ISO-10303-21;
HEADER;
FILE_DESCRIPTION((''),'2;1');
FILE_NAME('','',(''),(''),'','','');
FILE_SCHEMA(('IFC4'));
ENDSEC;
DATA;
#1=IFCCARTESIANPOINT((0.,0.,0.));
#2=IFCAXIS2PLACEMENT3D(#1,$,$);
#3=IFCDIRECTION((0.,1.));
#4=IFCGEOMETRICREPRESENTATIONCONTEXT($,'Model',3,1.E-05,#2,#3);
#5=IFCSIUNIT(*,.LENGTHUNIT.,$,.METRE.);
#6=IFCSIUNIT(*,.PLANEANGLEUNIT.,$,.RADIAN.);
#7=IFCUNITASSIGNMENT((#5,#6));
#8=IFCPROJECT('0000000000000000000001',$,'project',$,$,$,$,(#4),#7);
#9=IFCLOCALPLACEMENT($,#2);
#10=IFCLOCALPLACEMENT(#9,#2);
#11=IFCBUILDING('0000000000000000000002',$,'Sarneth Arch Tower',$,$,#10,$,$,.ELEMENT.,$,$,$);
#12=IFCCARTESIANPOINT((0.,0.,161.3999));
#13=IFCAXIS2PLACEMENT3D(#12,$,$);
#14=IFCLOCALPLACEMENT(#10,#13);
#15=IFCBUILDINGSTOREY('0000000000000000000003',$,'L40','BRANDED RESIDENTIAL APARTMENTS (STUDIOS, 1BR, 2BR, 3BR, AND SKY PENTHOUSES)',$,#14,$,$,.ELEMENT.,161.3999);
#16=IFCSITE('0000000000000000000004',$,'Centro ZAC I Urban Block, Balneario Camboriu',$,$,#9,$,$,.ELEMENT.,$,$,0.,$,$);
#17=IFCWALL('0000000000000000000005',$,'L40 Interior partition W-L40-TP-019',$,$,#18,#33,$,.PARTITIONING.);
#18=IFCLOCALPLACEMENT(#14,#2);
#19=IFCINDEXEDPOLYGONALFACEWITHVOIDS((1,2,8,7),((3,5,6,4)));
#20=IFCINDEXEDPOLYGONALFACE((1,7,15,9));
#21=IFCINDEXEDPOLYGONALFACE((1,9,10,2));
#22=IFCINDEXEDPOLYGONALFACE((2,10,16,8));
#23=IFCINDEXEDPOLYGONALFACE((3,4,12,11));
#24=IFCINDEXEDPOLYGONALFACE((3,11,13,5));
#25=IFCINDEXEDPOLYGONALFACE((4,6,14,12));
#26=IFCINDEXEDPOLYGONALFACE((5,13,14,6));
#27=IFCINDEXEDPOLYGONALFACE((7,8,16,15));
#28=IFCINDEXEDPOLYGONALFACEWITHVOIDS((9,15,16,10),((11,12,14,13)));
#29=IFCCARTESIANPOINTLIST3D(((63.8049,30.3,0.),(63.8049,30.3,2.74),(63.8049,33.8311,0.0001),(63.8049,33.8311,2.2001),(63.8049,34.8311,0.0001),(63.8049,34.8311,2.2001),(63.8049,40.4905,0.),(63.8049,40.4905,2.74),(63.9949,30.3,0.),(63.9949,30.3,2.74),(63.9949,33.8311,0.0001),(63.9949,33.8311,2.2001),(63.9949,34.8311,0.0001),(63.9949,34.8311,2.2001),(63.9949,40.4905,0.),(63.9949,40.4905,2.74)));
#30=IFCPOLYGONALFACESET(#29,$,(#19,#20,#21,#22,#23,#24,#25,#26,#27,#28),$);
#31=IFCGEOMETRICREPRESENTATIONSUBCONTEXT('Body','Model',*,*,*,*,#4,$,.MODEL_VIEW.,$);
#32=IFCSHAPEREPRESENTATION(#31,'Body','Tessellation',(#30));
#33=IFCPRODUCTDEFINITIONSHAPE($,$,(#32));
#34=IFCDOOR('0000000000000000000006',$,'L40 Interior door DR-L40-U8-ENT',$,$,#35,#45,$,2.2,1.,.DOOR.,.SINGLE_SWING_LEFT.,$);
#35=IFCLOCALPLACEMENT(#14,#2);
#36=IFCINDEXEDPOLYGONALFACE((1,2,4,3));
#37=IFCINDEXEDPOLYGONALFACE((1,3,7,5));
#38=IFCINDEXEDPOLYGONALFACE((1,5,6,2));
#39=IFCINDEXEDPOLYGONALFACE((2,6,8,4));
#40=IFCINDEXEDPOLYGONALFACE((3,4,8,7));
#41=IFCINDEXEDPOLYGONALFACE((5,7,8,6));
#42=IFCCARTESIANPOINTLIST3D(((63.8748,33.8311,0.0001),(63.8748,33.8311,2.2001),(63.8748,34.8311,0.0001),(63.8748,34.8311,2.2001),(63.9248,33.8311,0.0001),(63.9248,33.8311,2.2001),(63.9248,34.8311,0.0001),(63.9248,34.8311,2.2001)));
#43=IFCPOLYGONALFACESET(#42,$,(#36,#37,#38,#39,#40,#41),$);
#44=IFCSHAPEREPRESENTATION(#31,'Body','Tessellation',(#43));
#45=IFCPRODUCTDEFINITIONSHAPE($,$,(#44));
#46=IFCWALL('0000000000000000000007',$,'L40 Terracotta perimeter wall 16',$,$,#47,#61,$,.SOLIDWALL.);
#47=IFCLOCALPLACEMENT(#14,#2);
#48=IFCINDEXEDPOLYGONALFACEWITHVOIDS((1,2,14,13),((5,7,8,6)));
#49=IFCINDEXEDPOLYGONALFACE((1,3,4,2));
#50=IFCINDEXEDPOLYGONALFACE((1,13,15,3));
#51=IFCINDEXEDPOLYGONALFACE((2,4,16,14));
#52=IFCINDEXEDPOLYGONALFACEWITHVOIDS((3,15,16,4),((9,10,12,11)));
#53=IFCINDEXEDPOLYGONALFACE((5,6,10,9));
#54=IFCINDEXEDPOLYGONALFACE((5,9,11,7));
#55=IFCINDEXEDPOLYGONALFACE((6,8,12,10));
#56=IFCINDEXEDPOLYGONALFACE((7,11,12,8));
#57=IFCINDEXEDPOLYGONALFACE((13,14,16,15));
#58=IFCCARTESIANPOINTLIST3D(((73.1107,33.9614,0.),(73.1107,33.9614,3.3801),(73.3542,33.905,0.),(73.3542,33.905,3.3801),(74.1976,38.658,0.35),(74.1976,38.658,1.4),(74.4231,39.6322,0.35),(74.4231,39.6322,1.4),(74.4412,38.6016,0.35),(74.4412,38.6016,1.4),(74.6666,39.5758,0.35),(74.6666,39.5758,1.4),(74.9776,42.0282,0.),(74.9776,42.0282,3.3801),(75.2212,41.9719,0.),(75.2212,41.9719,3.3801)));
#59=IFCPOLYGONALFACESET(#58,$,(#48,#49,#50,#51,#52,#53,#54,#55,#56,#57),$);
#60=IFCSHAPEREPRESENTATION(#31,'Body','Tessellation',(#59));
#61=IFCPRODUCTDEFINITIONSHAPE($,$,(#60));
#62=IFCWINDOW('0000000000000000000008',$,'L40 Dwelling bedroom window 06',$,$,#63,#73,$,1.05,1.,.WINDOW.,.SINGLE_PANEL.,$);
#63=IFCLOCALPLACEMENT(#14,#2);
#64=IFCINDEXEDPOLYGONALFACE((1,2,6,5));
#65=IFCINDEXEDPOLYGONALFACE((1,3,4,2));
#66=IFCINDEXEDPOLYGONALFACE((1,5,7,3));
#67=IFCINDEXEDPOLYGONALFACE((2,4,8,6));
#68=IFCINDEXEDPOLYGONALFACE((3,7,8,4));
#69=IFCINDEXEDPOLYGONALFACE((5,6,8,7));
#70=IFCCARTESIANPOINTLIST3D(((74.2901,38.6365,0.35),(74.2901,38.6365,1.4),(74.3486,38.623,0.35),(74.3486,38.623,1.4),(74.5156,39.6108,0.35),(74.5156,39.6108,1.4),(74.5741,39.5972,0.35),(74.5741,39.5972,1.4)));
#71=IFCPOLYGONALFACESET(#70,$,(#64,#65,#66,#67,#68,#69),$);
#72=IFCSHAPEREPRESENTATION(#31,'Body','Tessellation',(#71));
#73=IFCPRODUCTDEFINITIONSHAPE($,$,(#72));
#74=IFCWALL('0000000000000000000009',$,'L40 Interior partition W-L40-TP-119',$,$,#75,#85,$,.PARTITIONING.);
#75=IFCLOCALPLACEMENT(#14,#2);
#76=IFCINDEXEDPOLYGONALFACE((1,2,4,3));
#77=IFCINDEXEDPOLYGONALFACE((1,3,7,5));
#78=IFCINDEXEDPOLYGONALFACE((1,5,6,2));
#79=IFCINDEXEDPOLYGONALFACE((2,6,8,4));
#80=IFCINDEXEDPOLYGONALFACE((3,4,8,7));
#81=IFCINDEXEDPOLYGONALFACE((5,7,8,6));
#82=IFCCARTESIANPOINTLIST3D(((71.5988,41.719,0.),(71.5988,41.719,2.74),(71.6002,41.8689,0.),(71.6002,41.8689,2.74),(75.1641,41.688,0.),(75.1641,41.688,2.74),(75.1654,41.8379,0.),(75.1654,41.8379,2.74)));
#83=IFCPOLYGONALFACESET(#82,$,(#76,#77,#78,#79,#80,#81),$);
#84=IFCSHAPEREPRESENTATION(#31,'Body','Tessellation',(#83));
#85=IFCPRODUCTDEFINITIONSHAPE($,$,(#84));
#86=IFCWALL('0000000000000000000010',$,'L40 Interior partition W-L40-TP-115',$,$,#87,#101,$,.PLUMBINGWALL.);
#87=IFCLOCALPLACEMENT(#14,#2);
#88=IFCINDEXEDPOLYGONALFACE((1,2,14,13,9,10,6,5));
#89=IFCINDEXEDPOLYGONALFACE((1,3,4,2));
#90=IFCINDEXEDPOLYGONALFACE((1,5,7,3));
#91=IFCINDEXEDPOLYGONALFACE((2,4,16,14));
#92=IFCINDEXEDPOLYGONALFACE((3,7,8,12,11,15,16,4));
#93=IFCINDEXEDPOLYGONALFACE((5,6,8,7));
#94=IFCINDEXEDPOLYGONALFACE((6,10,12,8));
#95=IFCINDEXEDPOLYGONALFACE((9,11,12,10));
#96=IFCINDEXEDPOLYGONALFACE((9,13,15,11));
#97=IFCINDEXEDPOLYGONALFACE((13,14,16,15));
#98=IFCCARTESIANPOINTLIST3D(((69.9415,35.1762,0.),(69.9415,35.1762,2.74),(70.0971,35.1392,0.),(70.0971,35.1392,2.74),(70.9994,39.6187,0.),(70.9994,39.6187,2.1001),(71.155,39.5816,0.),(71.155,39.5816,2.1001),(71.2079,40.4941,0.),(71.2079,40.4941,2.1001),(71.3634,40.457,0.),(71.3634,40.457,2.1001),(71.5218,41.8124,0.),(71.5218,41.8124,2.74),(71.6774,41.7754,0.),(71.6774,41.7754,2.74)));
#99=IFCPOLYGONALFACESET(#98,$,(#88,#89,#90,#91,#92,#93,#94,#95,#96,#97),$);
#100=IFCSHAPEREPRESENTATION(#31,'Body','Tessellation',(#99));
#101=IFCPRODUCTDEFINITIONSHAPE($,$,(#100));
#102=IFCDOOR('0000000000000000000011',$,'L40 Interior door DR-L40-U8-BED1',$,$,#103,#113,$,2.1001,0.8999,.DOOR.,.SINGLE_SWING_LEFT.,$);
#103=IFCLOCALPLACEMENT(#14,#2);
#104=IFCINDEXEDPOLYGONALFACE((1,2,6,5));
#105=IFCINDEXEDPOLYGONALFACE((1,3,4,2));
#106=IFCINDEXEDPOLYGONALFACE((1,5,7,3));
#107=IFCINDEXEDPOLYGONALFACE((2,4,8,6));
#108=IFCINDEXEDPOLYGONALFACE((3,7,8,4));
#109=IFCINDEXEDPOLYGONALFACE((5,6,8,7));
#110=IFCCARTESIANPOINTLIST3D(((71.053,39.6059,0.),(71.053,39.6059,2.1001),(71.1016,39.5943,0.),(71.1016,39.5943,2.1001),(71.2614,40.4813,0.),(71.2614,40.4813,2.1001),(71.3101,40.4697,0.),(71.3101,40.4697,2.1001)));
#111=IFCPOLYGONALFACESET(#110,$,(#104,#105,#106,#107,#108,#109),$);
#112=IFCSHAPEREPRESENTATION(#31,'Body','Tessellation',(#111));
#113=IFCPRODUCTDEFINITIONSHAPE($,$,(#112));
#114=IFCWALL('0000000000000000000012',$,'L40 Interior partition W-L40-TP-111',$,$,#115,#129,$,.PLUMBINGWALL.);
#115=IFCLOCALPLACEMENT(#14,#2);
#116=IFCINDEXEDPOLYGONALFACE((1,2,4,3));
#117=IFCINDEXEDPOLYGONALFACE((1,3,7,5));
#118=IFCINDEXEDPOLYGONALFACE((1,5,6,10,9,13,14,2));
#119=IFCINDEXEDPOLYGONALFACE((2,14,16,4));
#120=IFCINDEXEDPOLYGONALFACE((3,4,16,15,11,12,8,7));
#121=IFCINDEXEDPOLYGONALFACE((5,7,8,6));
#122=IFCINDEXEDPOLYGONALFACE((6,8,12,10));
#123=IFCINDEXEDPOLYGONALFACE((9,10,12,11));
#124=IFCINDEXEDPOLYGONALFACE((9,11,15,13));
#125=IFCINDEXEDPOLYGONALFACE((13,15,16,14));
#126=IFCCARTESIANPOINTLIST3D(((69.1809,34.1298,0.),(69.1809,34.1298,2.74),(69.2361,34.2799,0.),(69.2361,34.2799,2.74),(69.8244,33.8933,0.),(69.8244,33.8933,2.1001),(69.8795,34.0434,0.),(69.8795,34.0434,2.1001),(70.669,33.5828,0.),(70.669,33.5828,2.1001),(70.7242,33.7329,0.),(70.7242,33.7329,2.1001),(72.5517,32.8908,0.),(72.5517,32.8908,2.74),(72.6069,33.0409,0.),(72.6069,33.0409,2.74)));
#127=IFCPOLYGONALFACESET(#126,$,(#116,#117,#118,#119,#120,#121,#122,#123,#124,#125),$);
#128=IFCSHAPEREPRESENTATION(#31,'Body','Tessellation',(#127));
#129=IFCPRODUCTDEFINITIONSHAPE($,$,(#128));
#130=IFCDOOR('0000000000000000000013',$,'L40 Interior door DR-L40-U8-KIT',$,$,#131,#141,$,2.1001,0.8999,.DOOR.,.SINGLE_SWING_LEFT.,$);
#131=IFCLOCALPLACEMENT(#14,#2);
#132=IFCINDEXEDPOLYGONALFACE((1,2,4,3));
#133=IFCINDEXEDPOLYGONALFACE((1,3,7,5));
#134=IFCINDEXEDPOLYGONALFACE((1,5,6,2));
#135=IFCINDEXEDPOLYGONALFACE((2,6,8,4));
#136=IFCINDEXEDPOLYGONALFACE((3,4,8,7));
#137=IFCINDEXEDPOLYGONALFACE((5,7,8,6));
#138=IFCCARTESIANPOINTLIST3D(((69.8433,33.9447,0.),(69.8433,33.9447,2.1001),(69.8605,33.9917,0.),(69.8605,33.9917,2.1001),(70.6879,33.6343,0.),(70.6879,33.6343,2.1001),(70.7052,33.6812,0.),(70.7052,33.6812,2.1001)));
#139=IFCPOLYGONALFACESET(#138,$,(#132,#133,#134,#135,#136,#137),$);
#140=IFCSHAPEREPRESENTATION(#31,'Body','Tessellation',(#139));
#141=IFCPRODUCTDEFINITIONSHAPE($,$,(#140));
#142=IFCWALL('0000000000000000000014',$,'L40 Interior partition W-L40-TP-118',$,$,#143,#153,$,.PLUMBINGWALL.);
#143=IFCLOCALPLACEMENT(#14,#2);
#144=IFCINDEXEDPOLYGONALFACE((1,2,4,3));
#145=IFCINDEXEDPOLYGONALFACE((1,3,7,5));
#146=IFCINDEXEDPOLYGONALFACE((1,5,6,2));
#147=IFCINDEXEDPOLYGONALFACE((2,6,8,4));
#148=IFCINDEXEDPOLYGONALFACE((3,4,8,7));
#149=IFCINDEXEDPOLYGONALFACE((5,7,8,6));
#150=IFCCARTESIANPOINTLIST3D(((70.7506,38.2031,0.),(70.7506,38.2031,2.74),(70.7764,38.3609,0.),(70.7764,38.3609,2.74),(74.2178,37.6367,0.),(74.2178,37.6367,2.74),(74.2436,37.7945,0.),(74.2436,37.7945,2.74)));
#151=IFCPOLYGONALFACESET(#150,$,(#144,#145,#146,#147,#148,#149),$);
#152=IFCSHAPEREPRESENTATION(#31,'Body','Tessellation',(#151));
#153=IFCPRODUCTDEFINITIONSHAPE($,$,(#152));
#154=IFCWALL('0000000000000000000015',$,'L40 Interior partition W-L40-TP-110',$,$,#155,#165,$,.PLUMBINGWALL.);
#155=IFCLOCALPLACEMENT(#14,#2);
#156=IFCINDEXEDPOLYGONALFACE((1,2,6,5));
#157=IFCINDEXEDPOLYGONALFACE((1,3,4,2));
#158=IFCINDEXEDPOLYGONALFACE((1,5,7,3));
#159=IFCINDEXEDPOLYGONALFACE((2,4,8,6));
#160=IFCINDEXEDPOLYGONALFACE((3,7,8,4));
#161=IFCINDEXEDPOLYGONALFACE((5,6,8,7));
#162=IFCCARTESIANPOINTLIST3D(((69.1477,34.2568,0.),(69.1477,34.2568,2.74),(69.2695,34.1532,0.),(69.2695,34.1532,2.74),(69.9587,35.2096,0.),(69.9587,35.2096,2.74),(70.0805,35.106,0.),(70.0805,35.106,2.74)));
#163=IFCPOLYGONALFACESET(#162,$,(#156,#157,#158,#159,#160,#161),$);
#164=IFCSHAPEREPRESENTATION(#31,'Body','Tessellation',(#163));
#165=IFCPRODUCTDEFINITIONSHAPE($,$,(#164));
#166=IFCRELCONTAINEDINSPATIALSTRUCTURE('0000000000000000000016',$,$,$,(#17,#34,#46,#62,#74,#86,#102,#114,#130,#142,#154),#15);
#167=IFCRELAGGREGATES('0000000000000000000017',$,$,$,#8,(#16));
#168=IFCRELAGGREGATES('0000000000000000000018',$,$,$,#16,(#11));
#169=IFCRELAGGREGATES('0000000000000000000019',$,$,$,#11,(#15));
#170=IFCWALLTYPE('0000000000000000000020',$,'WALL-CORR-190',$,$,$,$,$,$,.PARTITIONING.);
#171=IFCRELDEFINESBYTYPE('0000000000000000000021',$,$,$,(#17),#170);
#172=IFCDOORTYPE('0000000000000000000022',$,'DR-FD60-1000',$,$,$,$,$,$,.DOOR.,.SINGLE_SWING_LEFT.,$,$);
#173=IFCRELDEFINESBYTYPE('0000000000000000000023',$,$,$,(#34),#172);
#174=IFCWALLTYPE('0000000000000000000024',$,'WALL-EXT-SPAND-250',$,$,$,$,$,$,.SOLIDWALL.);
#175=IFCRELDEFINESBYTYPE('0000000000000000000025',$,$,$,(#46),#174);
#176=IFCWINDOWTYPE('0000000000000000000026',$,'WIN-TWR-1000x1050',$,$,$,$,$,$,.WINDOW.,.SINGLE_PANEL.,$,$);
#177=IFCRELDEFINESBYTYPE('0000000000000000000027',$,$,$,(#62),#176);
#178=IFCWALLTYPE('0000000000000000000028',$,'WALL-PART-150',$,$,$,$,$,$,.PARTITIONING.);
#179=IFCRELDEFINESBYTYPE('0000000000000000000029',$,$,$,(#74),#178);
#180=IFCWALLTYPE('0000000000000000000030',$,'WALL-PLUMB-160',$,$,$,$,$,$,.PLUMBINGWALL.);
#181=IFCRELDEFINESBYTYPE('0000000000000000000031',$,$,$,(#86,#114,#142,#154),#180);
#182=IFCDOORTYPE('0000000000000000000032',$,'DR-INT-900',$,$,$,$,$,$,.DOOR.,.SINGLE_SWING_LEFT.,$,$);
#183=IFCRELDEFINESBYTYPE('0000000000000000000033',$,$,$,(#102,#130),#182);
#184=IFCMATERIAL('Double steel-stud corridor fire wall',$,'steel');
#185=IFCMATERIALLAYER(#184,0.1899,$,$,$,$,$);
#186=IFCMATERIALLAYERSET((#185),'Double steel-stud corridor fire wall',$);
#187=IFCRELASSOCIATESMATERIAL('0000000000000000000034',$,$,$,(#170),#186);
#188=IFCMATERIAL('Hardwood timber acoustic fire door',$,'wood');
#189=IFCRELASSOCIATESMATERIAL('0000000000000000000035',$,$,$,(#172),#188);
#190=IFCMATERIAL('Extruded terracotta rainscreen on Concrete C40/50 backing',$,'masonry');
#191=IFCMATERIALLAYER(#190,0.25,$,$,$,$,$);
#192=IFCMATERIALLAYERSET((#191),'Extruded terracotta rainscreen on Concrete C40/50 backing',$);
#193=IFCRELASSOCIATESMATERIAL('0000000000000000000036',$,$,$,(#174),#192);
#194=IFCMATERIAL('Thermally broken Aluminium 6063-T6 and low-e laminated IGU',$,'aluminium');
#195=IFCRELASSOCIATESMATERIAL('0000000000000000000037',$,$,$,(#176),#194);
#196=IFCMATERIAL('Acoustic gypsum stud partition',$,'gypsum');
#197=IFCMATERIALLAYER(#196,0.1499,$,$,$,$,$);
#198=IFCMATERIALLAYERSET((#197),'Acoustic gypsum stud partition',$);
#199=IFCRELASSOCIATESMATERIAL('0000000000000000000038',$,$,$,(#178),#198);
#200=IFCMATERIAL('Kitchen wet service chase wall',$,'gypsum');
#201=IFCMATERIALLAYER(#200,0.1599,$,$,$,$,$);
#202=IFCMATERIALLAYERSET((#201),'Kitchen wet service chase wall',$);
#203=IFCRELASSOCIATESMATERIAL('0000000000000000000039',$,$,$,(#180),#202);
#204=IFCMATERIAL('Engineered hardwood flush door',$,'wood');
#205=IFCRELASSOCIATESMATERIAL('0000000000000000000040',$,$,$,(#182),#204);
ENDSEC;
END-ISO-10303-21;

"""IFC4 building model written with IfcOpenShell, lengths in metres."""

from ifc_helpers import new_model, si_unit, direction, frame, frame_2d, origin, place, context, subcontext, project, spatial, rectangle, extrude, material, layer, layer_set, type_object, element, fill, save


model = new_model("IFC4")

# Units and contexts
model_context = context("Model", 3, precision=1e-05, world=origin(), true_north=direction((0.0, 1.0)))
body_context = subcontext(model_context, "Body", "Model", "MODEL_VIEW")
ifc_project = project(units=[si_unit("LENGTHUNIT", "METRE"), si_unit("PLANEANGLEUNIT", "RADIAN")], contexts=[model_context])

# Site, building, storey
site_placement = place(None, origin())
site = spatial("IfcSite", under=ifc_project, at=site_placement, Name="Centro ZAC I Urban Block, Balneario Camboriu", CompositionType="ELEMENT", RefElevation=0.0)
building_placement = place(site_placement, origin())
building = spatial("IfcBuilding", under=site, at=building_placement, Name="Sarneth Arch Tower", CompositionType="ELEMENT")
storey_placement = place(building_placement, frame((0.0, 0.0, 161.3999)))
storey = spatial("IfcBuildingStorey", under=building, at=storey_placement, Name="L40", Description="BRANDED RESIDENTIAL APARTMENTS (STUDIOS, 1BR, 2BR, 3BR, AND SKY PENTHOUSES)", CompositionType="ELEMENT", Elevation=161.3999)

# Wall, opening, door
ifc_material_1 = material(Name="Double steel-stud corridor fire wall", Category="steel")
ifc_layer_1 = layer(ifc_material_1, 0.1899)
ifc_layer_set_1 = layer_set([ifc_layer_1], Name="Double steel-stud corridor fire wall")
wall_type_1 = type_object("IfcWallType", Name="WALL-CORR-190", PredefinedType="PARTITIONING", material=ifc_layer_set_1)
ifc_material_2 = material(Name="Hardwood timber acoustic fire door", Category="wood")
door_type_1 = type_object("IfcDoorType", Name="DR-FD60-1000", OperationType="SINGLE_SWING_LEFT", PredefinedType="DOOR", material=ifc_material_2)
wall_1_placement = place(storey_placement, frame((63.8999, 40.4905, 0.0), z_axis=(0.0, 0.0, 1.0), x_axis=(0.0, -1.0, 0.0)))
wall_1 = element("IfcWall", 1, at=wall_1_placement, inside=storey, type_object=wall_type_1, Name="L40 Interior partition W-L40-TP-019", PredefinedType="PARTITIONING", context=body_context, shape_type="SweptSolid", body=[
    extrude(rectangle(XDim=10.1904, YDim=0.1899, at=frame_2d((5.0952, 0.0))), origin(), (0.0, 0.0, 1.0), 2.74),
])
opening_1_placement = place(wall_1_placement, frame((5.6594, 0.0, 0.0)))
opening_1 = element("IfcOpeningElement", 2, at=opening_1_placement, cuts=wall_1, PredefinedType="OPENING", context=body_context, shape_type="SweptSolid", body=[
    extrude(rectangle(XDim=1.0, YDim=2.2, at=frame_2d((0.5, 1.1001))), frame((0.0, 0.105, 0.0), z_axis=(0.0, -1.0, 0.0), x_axis=(1.0, 0.0, 0.0)), (0.0, 0.0, 1.0), 0.21),
])
door_1_placement = place(opening_1_placement, origin())
door_1 = element("IfcDoor", 3, at=door_1_placement, inside=storey, type_object=door_type_1, Name="L40 Interior door DR-L40-U8-ENT", OperationType="SINGLE_SWING_LEFT", OverallHeight=2.2, OverallWidth=1.0, PredefinedType="DOOR", context=body_context, shape_type="SweptSolid", body=[
    extrude(rectangle(XDim=1.0, YDim=2.2, at=frame_2d((0.5, 1.1001))), frame((0.0, 0.0249, 0.0), z_axis=(0.0, -1.0, 0.0), x_axis=(1.0, 0.0, 0.0)), (0.0, 0.0, 1.0), 0.05),
])
fill(opening_1, door_1)

# Wall, opening, window
ifc_material_3 = material(Name="Extruded terracotta rainscreen on Concrete C40/50 backing", Category="masonry")
ifc_layer_2 = layer(ifc_material_3, 0.25)
ifc_layer_set_2 = layer_set([ifc_layer_2], Name="Extruded terracotta rainscreen on Concrete C40/50 backing")
wall_type_2 = type_object("IfcWallType", Name="WALL-EXT-SPAND-250", PredefinedType="SOLIDWALL", material=ifc_layer_set_2)
wall_2_placement = place(storey_placement, frame((73.2324, 33.9331, 0.0), z_axis=(0.0, 0.0, 1.0), x_axis=(0.225473, 0.974249, 0.0)))
wall_2 = element("IfcWall", 4, at=wall_2_placement, inside=storey, type_object=wall_type_2, Name="L40 Terracotta perimeter wall 16", PredefinedType="SOLIDWALL", context=body_context, shape_type="SweptSolid", body=[
    extrude(rectangle(XDim=8.28, YDim=0.25, at=frame_2d((4.1401, 0.0))), origin(), (0.0, 0.0, 1.0), 3.3801),
])
opening_2_placement = place(wall_2_placement, frame((4.8208, 0.0, 0.3501)))
opening_2 = element("IfcOpeningElement", 5, at=opening_2_placement, cuts=wall_2, PredefinedType="OPENING", context=body_context, shape_type="SweptSolid", body=[
    extrude(rectangle(XDim=1.0, YDim=1.05, at=frame_2d((0.5, 0.5249))), frame((0.0, 0.135, 0.0), z_axis=(0.0, -1.0, 0.0), x_axis=(1.0, 0.0, 0.0)), (0.0, 0.0, 1.0), 0.27),
])
ifc_material_4 = material(Name="Thermally broken Aluminium 6063-T6 and low-e laminated IGU", Category="aluminium")
window_type = type_object("IfcWindowType", Name="WIN-TWR-1000x1050", PartitioningType="SINGLE_PANEL", PredefinedType="WINDOW", material=ifc_material_4)
window_placement = place(opening_2_placement, origin())
window = element("IfcWindow", 6, at=window_placement, inside=storey, type_object=window_type, Name="L40 Dwelling bedroom window 06", OverallHeight=1.05, OverallWidth=1.0, PartitioningType="SINGLE_PANEL", PredefinedType="WINDOW", context=body_context, shape_type="SweptSolid", body=[
    extrude(rectangle(XDim=1.0, YDim=1.05, at=frame_2d((0.5, 0.5249))), frame((0.0, 0.03, 0.0), z_axis=(0.0, -1.0, 0.0), x_axis=(1.0, 0.0, 0.0)), (0.0, 0.0, 1.0), 0.0601),
])
fill(opening_2, window)

# Wall
ifc_material_5 = material(Name="Acoustic gypsum stud partition", Category="gypsum")
ifc_layer_3 = layer(ifc_material_5, 0.1499)
ifc_layer_set_3 = layer_set([ifc_layer_3], Name="Acoustic gypsum stud partition")
wall_type_3 = type_object("IfcWallType", Name="WALL-PART-150", PredefinedType="PARTITIONING", material=ifc_layer_set_3)
wall_3_placement = place(storey_placement, frame((75.1648, 41.7629, 0.0), z_axis=(0.0, 0.0, 1.0), x_axis=(-0.999962, 0.008697, 0.0)))
element("IfcWall", 7, at=wall_3_placement, inside=storey, type_object=wall_type_3, Name="L40 Interior partition W-L40-TP-119", PredefinedType="PARTITIONING", context=body_context, shape_type="SweptSolid", body=[
    extrude(rectangle(XDim=3.5654, YDim=0.1499, at=frame_2d((1.7827, 0.0))), origin(), (0.0, 0.0, 1.0), 2.74),
])

# Walls, openings, doors
ifc_material_6 = material(Name="Kitchen wet service chase wall", Category="gypsum")
ifc_layer_4 = layer(ifc_material_6, 0.1599)
ifc_layer_set_4 = layer_set([ifc_layer_4], Name="Kitchen wet service chase wall")
wall_type_4 = type_object("IfcWallType", Name="WALL-PLUMB-160", PredefinedType="PLUMBINGWALL", material=ifc_layer_set_4)
wall_4_placement = place(storey_placement, frame((70.0193, 35.1577, 0.0), z_axis=(0.0, 0.0, 1.0), x_axis=(0.231658, 0.972797, 0.0)))
wall_4 = element("IfcWall", 8, at=wall_4_placement, inside=storey, type_object=wall_type_4, Name="L40 Interior partition W-L40-TP-115", PredefinedType="PLUMBINGWALL", context=body_context, shape_type="SweptSolid", body=[
    extrude(rectangle(XDim=6.8218, YDim=0.1599, at=frame_2d((3.4109, 0.0))), origin(), (0.0, 0.0, 1.0), 2.74),
])
opening_3_placement = place(wall_4_placement, frame((4.5667, 0.0, 0.0)))
opening_3 = element("IfcOpeningElement", 9, at=opening_3_placement, cuts=wall_4, PredefinedType="OPENING", context=body_context, shape_type="SweptSolid", body=[
    extrude(rectangle(XDim=0.8999, YDim=2.1001, at=frame_2d((0.45, 1.05))), frame((0.0, 0.0898, 0.0), z_axis=(0.0, -1.0, 0.0), x_axis=(1.0, 0.0, 0.0)), (0.0, 0.0, 1.0), 0.1799),
])
ifc_material_7 = material(Name="Engineered hardwood flush door", Category="wood")
door_type_2 = type_object("IfcDoorType", Name="DR-INT-900", OperationType="SINGLE_SWING_LEFT", PredefinedType="DOOR", material=ifc_material_7)
door_2_placement = place(opening_3_placement, origin())
door_2 = element("IfcDoor", 10, at=door_2_placement, inside=storey, type_object=door_type_2, Name="L40 Interior door DR-L40-U8-BED1", OperationType="SINGLE_SWING_LEFT", OverallHeight=2.1001, OverallWidth=0.8999, PredefinedType="DOOR", context=body_context, shape_type="SweptSolid", body=[
    extrude(rectangle(XDim=0.8999, YDim=2.1001, at=frame_2d((0.45, 1.05))), frame((0.0, 0.0249, 0.0), z_axis=(0.0, -1.0, 0.0), x_axis=(1.0, 0.0, 0.0)), (0.0, 0.0, 1.0), 0.05),
])
fill(opening_3, door_2)
wall_5_placement = place(storey_placement, frame((69.2085, 34.2048, 0.0), z_axis=(0.0, 0.0, 1.0), x_axis=(0.938603, -0.345, 0.0)))
wall_5 = element("IfcWall", 11, at=wall_5_placement, inside=storey, type_object=wall_type_4, Name="L40 Interior partition W-L40-TP-111", PredefinedType="PLUMBINGWALL", context=body_context, shape_type="SweptSolid", body=[
    extrude(rectangle(XDim=3.5913, YDim=0.1599, at=frame_2d((1.7957, 0.0))), origin(), (0.0, 0.0, 1.0), 2.74),
])
opening_4_placement = place(wall_5_placement, frame((0.6855, 0.0, 0.0)))
opening_4 = element("IfcOpeningElement", 12, at=opening_4_placement, cuts=wall_5, PredefinedType="OPENING", context=body_context, shape_type="SweptSolid", body=[
    extrude(rectangle(XDim=0.8999, YDim=2.1001, at=frame_2d((0.45, 1.05))), frame((0.0, 0.0898, 0.0), z_axis=(0.0, -1.0, 0.0), x_axis=(1.0, 0.0, 0.0)), (0.0, 0.0, 1.0), 0.1799),
])
door_3_placement = place(opening_4_placement, origin())
door_3 = element("IfcDoor", 13, at=door_3_placement, inside=storey, type_object=door_type_2, Name="L40 Interior door DR-L40-U8-KIT", OperationType="SINGLE_SWING_LEFT", OverallHeight=2.1001, OverallWidth=0.8999, PredefinedType="DOOR", context=body_context, shape_type="SweptSolid", body=[
    extrude(rectangle(XDim=0.8999, YDim=2.1001, at=frame_2d((0.45, 1.05))), frame((0.0, 0.0249, 0.0), z_axis=(0.0, -1.0, 0.0), x_axis=(1.0, 0.0, 0.0)), (0.0, 0.0, 1.0), 0.05),
])
fill(opening_4, door_3)

# Walls
wall_6_placement = place(storey_placement, frame((74.2307, 37.7156, 0.0), z_axis=(0.0, 0.0, 1.0), x_axis=(-0.986918, 0.16122, 0.0)))
element("IfcWall", 14, at=wall_6_placement, inside=storey, type_object=wall_type_4, Name="L40 Interior partition W-L40-TP-118", PredefinedType="PLUMBINGWALL", context=body_context, shape_type="SweptSolid", body=[
    extrude(rectangle(XDim=3.5132, YDim=0.1599, at=frame_2d((1.7566, 0.0))), origin(), (0.0, 0.0, 1.0), 2.74),
])
wall_7_placement = place(storey_placement, frame((70.0195, 35.1577, 0.0), z_axis=(0.0, 0.0, 1.0), x_axis=(-0.648152, -0.761511, 0.0)))
element("IfcWall", 15, at=wall_7_placement, inside=storey, type_object=wall_type_4, Name="L40 Interior partition W-L40-TP-110", PredefinedType="PLUMBINGWALL", context=body_context, shape_type="SweptSolid", body=[
    extrude(rectangle(XDim=1.2512, YDim=0.1599, at=frame_2d((0.6255, 0.0))), origin(), (0.0, 0.0, 1.0), 2.74),
])

save(model, "model.ifc")
